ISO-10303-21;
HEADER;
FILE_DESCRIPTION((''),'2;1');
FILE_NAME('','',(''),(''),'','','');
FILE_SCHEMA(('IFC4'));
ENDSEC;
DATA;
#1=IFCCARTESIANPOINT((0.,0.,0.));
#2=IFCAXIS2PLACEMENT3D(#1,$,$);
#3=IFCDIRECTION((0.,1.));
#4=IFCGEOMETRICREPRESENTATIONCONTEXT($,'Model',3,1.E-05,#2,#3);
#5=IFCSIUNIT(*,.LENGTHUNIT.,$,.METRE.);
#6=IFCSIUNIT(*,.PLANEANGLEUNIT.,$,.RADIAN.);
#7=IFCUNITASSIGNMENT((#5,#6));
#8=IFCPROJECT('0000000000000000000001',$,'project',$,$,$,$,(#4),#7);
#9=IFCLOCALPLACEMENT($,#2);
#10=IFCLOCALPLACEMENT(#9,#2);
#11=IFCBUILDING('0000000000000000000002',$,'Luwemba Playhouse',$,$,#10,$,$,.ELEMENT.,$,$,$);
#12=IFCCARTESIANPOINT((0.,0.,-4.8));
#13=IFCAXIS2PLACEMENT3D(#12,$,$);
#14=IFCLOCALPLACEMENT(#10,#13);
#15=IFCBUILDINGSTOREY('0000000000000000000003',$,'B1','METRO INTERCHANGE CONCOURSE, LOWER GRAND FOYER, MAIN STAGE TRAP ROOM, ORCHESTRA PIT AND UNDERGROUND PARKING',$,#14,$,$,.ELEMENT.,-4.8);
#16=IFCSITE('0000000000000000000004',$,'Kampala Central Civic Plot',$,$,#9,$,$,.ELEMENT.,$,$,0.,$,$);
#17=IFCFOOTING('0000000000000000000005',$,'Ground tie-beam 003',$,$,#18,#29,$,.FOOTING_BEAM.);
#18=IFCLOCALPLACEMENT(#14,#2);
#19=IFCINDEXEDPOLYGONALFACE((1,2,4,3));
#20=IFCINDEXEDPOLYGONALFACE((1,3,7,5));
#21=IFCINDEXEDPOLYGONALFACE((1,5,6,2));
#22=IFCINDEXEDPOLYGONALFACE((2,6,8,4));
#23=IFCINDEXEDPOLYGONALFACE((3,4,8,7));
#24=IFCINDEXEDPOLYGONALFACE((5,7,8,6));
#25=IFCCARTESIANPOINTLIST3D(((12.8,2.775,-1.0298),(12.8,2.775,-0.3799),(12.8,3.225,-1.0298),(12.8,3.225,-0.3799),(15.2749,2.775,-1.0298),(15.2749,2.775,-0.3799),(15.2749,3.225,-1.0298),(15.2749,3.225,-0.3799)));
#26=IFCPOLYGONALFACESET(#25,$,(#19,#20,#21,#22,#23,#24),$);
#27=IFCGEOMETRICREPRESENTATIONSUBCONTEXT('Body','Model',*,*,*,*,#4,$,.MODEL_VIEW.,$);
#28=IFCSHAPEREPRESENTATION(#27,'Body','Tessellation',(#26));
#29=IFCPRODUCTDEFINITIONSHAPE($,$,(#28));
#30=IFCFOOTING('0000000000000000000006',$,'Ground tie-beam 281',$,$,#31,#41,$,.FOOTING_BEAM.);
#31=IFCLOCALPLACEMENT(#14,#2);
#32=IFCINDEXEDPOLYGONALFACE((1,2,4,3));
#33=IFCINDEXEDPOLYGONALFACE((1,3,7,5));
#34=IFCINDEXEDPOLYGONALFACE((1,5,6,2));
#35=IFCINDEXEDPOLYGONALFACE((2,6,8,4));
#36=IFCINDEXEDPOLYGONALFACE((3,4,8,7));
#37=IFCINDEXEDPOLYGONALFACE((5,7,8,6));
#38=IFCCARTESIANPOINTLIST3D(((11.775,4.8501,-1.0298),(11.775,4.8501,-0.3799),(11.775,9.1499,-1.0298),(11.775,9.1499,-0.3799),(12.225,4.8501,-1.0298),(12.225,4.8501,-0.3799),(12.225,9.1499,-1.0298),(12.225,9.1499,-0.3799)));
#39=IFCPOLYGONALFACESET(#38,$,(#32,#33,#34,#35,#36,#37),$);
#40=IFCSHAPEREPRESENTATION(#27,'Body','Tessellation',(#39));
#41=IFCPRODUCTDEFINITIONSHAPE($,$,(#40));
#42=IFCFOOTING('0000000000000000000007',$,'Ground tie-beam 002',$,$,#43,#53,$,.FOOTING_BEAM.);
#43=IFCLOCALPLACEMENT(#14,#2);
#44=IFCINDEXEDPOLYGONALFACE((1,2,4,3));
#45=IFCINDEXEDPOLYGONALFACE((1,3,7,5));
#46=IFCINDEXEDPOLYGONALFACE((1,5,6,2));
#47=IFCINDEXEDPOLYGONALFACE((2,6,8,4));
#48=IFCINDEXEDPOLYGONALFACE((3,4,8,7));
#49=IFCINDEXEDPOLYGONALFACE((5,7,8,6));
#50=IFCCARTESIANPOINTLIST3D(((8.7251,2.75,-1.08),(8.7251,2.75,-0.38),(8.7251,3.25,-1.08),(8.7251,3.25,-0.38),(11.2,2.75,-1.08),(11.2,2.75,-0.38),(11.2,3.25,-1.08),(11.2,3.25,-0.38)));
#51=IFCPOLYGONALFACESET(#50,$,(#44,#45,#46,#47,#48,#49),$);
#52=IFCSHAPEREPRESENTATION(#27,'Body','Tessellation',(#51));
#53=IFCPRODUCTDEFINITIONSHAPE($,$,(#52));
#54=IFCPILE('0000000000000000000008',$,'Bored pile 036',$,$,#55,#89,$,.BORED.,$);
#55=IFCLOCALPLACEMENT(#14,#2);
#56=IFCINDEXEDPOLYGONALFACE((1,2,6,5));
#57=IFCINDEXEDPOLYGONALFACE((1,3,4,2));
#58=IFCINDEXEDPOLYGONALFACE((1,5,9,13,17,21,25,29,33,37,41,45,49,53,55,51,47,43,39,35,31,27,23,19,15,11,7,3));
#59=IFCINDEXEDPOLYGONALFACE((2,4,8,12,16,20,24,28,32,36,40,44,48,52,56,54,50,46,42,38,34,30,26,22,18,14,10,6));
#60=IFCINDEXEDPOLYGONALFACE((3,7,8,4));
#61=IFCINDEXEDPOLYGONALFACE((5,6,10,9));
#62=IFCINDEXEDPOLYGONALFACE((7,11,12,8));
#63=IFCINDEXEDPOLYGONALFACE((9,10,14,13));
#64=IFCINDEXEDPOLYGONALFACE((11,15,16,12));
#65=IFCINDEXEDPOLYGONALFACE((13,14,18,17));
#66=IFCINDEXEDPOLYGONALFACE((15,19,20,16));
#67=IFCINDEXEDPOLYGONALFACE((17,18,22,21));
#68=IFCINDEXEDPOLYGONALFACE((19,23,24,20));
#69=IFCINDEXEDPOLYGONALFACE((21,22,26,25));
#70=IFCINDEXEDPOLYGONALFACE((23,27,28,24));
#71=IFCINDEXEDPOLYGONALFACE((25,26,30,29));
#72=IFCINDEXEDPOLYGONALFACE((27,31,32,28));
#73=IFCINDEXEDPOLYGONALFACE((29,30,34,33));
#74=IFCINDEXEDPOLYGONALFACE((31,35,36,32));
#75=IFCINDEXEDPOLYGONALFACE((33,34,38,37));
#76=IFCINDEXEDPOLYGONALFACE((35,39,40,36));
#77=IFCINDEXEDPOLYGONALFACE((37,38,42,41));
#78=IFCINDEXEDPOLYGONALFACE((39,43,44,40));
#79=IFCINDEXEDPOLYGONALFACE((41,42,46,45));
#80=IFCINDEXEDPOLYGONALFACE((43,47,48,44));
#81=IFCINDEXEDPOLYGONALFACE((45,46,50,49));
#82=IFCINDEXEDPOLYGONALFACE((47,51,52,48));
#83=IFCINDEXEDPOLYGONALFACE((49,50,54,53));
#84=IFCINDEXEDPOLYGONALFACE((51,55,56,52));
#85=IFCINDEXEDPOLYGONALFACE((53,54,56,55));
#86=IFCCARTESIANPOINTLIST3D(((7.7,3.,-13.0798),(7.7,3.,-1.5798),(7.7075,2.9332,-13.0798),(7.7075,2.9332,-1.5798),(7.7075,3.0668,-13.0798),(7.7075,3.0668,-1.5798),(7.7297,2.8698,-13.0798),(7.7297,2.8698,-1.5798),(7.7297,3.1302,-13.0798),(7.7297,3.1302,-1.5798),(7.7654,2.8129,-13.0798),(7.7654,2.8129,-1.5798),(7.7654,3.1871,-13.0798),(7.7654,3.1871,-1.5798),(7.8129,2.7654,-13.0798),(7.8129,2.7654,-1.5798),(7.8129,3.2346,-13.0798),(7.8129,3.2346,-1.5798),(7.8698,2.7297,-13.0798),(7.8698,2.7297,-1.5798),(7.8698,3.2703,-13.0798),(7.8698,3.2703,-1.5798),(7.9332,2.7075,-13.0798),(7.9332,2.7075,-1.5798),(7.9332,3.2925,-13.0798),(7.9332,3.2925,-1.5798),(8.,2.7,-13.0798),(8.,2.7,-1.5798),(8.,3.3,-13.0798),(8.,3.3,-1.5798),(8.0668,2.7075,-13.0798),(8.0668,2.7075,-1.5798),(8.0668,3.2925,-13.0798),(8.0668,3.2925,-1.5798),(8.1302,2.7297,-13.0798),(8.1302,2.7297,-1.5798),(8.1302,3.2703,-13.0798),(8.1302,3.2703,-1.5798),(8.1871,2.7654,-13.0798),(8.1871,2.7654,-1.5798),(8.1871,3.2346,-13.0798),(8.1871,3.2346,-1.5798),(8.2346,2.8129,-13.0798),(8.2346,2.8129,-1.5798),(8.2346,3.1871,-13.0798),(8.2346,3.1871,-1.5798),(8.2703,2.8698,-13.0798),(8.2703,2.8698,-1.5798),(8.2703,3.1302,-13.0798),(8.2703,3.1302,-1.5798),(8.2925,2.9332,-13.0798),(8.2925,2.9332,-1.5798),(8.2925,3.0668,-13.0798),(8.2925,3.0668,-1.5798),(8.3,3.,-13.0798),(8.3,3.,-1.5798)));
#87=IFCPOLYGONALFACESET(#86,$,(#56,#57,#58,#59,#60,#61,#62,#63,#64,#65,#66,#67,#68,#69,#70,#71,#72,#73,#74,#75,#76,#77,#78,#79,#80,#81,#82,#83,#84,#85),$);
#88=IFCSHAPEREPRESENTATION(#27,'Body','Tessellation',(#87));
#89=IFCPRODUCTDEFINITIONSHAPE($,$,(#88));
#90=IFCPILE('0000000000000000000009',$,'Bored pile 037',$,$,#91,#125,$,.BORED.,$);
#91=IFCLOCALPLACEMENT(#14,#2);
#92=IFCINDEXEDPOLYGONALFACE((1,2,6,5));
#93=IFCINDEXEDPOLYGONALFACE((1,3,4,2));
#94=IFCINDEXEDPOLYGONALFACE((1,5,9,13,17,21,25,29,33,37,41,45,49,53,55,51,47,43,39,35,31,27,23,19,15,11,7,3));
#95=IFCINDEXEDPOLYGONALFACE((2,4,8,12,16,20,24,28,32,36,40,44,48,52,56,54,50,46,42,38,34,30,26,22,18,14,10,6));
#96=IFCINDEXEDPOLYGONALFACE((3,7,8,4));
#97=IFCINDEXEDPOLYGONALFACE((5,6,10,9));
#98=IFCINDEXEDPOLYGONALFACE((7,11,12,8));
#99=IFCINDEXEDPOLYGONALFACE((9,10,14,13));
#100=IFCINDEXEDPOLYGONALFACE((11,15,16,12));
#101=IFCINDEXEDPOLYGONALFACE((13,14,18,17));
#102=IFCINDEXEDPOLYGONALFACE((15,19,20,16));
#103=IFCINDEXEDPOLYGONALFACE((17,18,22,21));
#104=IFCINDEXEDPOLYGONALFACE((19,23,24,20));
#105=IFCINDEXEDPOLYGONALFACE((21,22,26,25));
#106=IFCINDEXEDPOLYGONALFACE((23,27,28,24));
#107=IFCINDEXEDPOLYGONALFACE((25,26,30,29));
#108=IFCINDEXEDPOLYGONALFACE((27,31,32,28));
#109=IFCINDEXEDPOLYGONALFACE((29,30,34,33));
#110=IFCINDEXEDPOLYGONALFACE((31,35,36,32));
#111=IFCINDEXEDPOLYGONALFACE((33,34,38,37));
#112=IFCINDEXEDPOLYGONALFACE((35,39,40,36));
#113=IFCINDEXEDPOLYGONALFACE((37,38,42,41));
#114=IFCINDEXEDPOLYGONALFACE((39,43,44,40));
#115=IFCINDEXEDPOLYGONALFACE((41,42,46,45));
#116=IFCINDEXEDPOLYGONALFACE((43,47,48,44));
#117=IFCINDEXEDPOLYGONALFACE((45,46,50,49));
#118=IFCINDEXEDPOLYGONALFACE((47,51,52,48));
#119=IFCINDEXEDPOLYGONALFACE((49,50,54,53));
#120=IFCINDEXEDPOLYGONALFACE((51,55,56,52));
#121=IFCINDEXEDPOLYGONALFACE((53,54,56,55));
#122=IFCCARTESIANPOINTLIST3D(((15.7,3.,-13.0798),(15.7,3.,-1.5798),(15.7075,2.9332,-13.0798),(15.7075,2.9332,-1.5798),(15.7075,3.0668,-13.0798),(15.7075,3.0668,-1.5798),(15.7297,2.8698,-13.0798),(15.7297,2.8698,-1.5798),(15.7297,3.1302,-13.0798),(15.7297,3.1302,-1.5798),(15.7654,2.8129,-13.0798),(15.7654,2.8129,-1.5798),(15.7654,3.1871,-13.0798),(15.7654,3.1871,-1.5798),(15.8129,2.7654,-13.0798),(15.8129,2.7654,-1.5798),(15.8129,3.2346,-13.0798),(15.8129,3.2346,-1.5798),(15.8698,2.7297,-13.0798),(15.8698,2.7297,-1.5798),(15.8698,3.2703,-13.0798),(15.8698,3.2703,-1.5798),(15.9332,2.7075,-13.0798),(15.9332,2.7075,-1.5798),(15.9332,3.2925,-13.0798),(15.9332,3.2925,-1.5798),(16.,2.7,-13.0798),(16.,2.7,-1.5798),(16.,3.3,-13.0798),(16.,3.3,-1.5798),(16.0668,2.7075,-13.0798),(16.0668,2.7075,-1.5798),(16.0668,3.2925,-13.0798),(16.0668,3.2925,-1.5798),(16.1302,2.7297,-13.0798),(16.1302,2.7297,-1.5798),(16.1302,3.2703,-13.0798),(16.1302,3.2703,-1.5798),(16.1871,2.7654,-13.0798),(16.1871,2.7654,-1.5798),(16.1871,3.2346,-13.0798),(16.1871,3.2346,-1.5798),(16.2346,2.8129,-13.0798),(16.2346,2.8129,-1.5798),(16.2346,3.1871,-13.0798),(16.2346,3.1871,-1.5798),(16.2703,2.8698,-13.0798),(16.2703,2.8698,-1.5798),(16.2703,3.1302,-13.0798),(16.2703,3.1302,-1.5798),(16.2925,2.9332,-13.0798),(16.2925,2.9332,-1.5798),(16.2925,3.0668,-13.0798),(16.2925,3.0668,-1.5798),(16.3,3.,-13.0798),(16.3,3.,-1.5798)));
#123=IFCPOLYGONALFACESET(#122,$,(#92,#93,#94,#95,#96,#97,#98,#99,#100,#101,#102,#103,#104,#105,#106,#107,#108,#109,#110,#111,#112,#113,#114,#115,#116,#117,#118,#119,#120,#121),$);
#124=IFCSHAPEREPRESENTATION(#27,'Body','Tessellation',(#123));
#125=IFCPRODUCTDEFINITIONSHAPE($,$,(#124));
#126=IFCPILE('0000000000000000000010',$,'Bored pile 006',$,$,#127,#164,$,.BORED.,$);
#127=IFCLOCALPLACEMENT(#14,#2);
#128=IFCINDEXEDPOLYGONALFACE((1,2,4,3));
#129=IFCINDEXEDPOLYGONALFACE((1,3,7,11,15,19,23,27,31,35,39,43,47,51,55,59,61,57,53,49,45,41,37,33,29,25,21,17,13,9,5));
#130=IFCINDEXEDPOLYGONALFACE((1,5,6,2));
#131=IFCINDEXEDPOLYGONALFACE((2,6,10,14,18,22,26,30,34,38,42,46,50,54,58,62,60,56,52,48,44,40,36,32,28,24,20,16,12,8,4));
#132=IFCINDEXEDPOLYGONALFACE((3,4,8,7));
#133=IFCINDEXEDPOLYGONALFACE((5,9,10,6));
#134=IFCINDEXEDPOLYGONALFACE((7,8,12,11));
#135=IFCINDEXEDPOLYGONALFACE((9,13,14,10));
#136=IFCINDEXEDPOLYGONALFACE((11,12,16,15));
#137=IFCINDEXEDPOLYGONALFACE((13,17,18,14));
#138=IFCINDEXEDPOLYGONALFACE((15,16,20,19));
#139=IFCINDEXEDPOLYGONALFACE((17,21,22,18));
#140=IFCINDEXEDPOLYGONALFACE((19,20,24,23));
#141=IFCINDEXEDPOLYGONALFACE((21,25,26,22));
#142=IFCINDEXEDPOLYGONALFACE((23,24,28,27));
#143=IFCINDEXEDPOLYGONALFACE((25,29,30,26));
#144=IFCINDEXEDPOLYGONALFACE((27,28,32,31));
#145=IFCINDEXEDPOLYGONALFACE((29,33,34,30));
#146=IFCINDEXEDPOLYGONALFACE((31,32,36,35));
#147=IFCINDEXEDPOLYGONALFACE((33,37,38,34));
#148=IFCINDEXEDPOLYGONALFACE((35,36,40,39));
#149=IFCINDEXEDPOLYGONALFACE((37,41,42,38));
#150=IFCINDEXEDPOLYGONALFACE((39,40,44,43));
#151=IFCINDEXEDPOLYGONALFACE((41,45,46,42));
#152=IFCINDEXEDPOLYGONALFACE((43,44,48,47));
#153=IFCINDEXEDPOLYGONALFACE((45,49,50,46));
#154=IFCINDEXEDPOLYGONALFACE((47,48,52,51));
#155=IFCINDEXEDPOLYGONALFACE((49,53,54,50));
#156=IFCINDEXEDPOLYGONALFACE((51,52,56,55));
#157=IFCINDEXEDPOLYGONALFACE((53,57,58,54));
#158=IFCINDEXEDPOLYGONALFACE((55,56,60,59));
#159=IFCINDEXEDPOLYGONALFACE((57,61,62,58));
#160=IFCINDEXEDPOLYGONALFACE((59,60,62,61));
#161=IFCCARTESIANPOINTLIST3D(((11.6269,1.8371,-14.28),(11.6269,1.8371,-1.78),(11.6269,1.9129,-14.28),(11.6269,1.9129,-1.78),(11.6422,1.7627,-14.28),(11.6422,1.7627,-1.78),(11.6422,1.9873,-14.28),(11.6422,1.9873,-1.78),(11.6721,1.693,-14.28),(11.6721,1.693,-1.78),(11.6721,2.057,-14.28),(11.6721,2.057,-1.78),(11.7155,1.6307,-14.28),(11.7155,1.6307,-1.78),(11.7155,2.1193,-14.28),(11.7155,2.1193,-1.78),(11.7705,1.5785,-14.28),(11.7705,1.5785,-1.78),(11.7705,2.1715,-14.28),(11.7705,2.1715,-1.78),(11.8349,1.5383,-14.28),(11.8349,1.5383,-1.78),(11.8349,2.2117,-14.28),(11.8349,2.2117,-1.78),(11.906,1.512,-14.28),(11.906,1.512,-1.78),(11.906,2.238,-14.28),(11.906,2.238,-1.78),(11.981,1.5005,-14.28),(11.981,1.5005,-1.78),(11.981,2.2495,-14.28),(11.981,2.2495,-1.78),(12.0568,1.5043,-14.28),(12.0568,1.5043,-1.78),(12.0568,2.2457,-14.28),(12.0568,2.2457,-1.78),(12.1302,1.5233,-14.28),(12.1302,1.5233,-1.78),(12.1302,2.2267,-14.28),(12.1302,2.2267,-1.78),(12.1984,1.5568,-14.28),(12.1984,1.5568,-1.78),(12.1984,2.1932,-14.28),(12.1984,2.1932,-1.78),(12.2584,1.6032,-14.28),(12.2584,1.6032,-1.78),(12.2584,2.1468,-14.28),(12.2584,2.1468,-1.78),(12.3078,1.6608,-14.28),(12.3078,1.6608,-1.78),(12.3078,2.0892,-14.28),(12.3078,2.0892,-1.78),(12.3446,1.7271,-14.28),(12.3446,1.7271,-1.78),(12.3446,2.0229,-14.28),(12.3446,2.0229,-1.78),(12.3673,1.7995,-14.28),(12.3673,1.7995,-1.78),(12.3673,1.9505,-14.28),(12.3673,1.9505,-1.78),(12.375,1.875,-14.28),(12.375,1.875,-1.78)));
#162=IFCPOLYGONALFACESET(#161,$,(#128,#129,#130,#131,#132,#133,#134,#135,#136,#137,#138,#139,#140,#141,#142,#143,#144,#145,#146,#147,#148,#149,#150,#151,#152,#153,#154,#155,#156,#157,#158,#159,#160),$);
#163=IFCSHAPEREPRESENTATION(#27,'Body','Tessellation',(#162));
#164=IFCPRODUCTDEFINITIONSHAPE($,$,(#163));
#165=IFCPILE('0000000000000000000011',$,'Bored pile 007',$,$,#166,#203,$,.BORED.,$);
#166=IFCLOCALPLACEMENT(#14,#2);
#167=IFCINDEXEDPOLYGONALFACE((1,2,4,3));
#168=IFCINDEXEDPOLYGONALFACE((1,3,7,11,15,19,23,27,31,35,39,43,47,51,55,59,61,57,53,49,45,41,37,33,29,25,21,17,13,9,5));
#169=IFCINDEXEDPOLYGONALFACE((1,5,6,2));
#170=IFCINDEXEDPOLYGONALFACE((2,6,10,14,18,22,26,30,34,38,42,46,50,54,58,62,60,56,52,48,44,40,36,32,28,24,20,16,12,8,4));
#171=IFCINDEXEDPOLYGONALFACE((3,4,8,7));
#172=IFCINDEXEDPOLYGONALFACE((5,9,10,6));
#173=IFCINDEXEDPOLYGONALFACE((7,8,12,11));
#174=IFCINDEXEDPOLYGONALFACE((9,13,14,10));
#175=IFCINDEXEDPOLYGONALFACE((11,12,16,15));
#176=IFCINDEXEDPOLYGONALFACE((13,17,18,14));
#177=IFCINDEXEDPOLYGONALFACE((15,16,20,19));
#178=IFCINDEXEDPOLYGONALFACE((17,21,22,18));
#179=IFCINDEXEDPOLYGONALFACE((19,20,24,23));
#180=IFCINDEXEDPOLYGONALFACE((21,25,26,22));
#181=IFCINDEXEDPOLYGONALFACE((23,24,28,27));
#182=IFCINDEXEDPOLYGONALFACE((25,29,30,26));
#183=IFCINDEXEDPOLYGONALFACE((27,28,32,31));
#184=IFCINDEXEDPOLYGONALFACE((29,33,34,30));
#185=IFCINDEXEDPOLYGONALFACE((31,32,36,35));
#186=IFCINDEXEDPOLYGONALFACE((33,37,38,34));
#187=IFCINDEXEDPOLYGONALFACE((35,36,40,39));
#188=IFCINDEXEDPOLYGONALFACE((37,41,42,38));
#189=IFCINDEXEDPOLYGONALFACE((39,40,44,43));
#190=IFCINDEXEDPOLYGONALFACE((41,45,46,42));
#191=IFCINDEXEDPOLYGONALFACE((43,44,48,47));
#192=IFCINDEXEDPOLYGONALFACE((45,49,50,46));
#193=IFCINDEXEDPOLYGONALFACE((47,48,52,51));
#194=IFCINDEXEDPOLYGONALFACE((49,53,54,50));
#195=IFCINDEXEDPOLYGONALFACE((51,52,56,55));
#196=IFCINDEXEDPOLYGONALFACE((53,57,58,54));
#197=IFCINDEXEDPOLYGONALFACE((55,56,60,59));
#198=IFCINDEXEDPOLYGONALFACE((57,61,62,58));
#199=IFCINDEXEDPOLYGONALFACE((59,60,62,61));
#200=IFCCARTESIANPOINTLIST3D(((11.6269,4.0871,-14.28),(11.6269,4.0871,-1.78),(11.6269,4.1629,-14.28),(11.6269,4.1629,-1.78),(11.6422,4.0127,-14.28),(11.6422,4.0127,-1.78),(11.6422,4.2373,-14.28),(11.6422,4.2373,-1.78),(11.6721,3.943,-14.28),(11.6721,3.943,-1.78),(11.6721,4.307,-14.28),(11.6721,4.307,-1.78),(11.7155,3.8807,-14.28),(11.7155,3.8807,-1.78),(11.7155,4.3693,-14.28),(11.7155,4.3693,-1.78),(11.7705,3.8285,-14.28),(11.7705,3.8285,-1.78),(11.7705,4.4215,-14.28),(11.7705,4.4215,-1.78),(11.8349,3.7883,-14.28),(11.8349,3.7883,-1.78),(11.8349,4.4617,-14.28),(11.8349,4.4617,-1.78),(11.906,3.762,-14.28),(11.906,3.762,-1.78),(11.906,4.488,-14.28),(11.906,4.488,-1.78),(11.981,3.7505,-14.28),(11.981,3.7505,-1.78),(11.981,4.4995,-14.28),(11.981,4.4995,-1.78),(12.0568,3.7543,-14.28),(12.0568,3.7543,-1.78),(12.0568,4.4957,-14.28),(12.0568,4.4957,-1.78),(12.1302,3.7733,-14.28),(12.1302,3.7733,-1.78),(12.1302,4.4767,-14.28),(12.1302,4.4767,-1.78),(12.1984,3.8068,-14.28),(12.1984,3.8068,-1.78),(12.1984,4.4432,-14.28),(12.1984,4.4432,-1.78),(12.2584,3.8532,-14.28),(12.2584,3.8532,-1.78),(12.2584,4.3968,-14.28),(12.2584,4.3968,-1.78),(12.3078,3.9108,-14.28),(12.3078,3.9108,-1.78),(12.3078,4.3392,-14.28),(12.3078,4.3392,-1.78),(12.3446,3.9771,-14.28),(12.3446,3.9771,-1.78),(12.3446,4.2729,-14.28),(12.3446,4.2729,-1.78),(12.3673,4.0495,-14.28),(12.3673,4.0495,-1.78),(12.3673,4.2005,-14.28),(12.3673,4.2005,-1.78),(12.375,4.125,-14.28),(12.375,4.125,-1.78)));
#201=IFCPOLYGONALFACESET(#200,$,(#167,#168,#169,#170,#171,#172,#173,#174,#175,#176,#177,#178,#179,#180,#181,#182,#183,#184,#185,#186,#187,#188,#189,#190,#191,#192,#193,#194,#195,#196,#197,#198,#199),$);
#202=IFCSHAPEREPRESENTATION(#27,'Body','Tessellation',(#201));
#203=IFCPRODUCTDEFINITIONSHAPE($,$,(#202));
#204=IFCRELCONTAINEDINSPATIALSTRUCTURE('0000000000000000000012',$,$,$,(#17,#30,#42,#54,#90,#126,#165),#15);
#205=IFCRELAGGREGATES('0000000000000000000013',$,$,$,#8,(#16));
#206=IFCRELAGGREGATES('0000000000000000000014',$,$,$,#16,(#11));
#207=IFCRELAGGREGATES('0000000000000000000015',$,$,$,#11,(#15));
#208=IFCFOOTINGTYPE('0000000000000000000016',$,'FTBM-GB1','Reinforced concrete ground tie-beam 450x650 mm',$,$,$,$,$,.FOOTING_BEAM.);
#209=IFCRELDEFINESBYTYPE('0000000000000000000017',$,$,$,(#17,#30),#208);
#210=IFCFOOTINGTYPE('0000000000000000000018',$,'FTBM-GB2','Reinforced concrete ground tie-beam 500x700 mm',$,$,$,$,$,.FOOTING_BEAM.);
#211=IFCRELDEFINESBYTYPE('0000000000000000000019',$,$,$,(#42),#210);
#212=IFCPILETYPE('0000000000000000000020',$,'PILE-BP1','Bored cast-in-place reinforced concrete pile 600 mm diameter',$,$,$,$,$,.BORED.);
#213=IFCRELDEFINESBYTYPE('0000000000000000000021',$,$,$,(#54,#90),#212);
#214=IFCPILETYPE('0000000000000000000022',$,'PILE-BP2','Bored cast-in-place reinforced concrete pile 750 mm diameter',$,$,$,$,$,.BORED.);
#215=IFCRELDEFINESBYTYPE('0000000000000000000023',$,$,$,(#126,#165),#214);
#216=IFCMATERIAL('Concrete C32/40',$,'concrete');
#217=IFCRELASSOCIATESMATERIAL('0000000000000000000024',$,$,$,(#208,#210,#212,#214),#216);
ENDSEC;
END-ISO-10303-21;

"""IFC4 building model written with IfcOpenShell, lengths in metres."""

from ifc_helpers import new_model, si_unit, direction, frame, origin, origin_2d, place, context, subcontext, project, spatial, rectangle, circle, extrude, material, material_profile, profile_set, type_object, element, save


model = new_model("IFC4")

# Units and contexts
model_context = context("Model", 3, precision=1e-05, world=origin(), true_north=direction((0.0, 1.0)))
body_context = subcontext(model_context, "Body", "Model", "MODEL_VIEW")
ifc_project = project(units=[si_unit("LENGTHUNIT", "METRE"), si_unit("PLANEANGLEUNIT", "RADIAN")], contexts=[model_context])

# Site, building, storey
site_placement = place(None, origin())
site = spatial("IfcSite", under=ifc_project, at=site_placement, Name="Kampala Central Civic Plot", CompositionType="ELEMENT", RefElevation=0.0)
building_placement = place(site_placement, origin())
building = spatial("IfcBuilding", under=site, at=building_placement, Name="Luwemba Playhouse", CompositionType="ELEMENT")
storey_placement = place(building_placement, frame((0.0, 0.0, -4.8)))
storey = spatial("IfcBuildingStorey", under=building, at=storey_placement, Name="B1", Description="METRO INTERCHANGE CONCOURSE, LOWER GRAND FOYER, MAIN STAGE TRAP ROOM, ORCHESTRA PIT AND UNDERGROUND PARKING", CompositionType="ELEMENT", Elevation=-4.8)

# Footings
ifc_material_1 = material(Name="Concrete C32/40", Category="concrete")
ifc_material_profile_1 = material_profile(ifc_material_1, rectangle(XDim=0.45, YDim=0.6499, at=origin_2d()))
ifc_profile_set_1 = profile_set([ifc_material_profile_1], Name="Concrete C32/40")
footing_type_1 = type_object("IfcFootingType", Name="FTBM-GB1", Description="Reinforced concrete ground tie-beam 450x650 mm", PredefinedType="FOOTING_BEAM", material=ifc_profile_set_1)
footing_1_placement = place(storey_placement, frame((12.8, 3.0, -0.7048), z_axis=(1.0, 0.0, 0.0), x_axis=(0.0, 1.0, 0.0)))
element("IfcFooting", 1, at=footing_1_placement, inside=storey, type_object=footing_type_1, Name="Ground tie-beam 003", PredefinedType="FOOTING_BEAM", context=body_context, shape_type="SweptSolid", body=[
    extrude(rectangle(XDim=0.45, YDim=0.6499, at=origin_2d()), origin(), (0.0, 0.0, 1.0), 2.4749),
])
footing_2_placement = place(storey_placement, frame((12.0, 4.8501, -0.7048), z_axis=(0.0, 1.0, 0.0), x_axis=(-1.0, 0.0, 0.0)))
element("IfcFooting", 2, at=footing_2_placement, inside=storey, type_object=footing_type_1, Name="Ground tie-beam 281", PredefinedType="FOOTING_BEAM", context=body_context, shape_type="SweptSolid", body=[
    extrude(rectangle(XDim=0.45, YDim=0.6499, at=origin_2d()), origin(), (0.0, 0.0, 1.0), 4.2998),
])
ifc_material_profile_2 = material_profile(ifc_material_1, rectangle(XDim=0.5, YDim=0.7, at=origin_2d()))
ifc_profile_set_2 = profile_set([ifc_material_profile_2], Name="Concrete C32/40")
footing_type_2 = type_object("IfcFootingType", Name="FTBM-GB2", Description="Reinforced concrete ground tie-beam 500x700 mm", PredefinedType="FOOTING_BEAM", material=ifc_profile_set_2)
footing_3_placement = place(storey_placement, frame((8.7251, 3.0, -0.73), z_axis=(1.0, 0.0, 0.0), x_axis=(0.0, 1.0, 0.0)))
element("IfcFooting", 3, at=footing_3_placement, inside=storey, type_object=footing_type_2, Name="Ground tie-beam 002", PredefinedType="FOOTING_BEAM", context=body_context, shape_type="SweptSolid", body=[
    extrude(rectangle(XDim=0.5, YDim=0.7, at=origin_2d()), origin(), (0.0, 0.0, 1.0), 2.4749),
])

# Piles
ifc_material_profile_3 = material_profile(ifc_material_1, circle(Radius=0.3, at=origin_2d()))
ifc_profile_set_3 = profile_set([ifc_material_profile_3], Name="Concrete C32/40")
pile_type_1 = type_object("IfcPileType", Name="PILE-BP1", Description="Bored cast-in-place reinforced concrete pile 600 mm diameter", PredefinedType="BORED", material=ifc_profile_set_3)
for number, where, z_axis, x_axis, name in (
    (4, (8.0, 3.0, -1.5798), (0.0, 0.0, -1.0), (1.0, 0.0, 0.0), "Bored pile 036"),
    (5, (16.0, 3.0, -1.5798), (0.0, 0.0, -1.0), (1.0, 0.0, 0.0), "Bored pile 037"),
):
    element("IfcPile", number, at=place(storey_placement, frame(where, z_axis=z_axis, x_axis=x_axis)), inside=storey, type_object=pile_type_1, Name=name, PredefinedType="BORED", context=body_context, shape_type="SweptSolid", body=[
        extrude(circle(Radius=0.3, at=origin_2d()), origin(), (0.0, 0.0, 1.0), 11.5),
    ])
ifc_material_profile_4 = material_profile(ifc_material_1, circle(Radius=0.375, at=origin_2d()))
ifc_profile_set_4 = profile_set([ifc_material_profile_4], Name="Concrete C32/40")
pile_type_2 = type_object("IfcPileType", Name="PILE-BP2", Description="Bored cast-in-place reinforced concrete pile 750 mm diameter", PredefinedType="BORED", material=ifc_profile_set_4)
for number, where, z_axis, x_axis, name in (
    (6, (12.0, 1.875, -1.78), (0.0, 0.0, -1.0), (1.0, 0.0, 0.0), "Bored pile 006"),
    (7, (12.0, 4.125, -1.78), (0.0, 0.0, -1.0), (1.0, 0.0, 0.0), "Bored pile 007"),
):
    element("IfcPile", number, at=place(storey_placement, frame(where, z_axis=z_axis, x_axis=x_axis)), inside=storey, type_object=pile_type_2, Name=name, PredefinedType="BORED", context=body_context, shape_type="SweptSolid", body=[
        extrude(circle(Radius=0.375, at=origin_2d()), origin(), (0.0, 0.0, 1.0), 12.5),
    ])

save(model, "model.ifc")
